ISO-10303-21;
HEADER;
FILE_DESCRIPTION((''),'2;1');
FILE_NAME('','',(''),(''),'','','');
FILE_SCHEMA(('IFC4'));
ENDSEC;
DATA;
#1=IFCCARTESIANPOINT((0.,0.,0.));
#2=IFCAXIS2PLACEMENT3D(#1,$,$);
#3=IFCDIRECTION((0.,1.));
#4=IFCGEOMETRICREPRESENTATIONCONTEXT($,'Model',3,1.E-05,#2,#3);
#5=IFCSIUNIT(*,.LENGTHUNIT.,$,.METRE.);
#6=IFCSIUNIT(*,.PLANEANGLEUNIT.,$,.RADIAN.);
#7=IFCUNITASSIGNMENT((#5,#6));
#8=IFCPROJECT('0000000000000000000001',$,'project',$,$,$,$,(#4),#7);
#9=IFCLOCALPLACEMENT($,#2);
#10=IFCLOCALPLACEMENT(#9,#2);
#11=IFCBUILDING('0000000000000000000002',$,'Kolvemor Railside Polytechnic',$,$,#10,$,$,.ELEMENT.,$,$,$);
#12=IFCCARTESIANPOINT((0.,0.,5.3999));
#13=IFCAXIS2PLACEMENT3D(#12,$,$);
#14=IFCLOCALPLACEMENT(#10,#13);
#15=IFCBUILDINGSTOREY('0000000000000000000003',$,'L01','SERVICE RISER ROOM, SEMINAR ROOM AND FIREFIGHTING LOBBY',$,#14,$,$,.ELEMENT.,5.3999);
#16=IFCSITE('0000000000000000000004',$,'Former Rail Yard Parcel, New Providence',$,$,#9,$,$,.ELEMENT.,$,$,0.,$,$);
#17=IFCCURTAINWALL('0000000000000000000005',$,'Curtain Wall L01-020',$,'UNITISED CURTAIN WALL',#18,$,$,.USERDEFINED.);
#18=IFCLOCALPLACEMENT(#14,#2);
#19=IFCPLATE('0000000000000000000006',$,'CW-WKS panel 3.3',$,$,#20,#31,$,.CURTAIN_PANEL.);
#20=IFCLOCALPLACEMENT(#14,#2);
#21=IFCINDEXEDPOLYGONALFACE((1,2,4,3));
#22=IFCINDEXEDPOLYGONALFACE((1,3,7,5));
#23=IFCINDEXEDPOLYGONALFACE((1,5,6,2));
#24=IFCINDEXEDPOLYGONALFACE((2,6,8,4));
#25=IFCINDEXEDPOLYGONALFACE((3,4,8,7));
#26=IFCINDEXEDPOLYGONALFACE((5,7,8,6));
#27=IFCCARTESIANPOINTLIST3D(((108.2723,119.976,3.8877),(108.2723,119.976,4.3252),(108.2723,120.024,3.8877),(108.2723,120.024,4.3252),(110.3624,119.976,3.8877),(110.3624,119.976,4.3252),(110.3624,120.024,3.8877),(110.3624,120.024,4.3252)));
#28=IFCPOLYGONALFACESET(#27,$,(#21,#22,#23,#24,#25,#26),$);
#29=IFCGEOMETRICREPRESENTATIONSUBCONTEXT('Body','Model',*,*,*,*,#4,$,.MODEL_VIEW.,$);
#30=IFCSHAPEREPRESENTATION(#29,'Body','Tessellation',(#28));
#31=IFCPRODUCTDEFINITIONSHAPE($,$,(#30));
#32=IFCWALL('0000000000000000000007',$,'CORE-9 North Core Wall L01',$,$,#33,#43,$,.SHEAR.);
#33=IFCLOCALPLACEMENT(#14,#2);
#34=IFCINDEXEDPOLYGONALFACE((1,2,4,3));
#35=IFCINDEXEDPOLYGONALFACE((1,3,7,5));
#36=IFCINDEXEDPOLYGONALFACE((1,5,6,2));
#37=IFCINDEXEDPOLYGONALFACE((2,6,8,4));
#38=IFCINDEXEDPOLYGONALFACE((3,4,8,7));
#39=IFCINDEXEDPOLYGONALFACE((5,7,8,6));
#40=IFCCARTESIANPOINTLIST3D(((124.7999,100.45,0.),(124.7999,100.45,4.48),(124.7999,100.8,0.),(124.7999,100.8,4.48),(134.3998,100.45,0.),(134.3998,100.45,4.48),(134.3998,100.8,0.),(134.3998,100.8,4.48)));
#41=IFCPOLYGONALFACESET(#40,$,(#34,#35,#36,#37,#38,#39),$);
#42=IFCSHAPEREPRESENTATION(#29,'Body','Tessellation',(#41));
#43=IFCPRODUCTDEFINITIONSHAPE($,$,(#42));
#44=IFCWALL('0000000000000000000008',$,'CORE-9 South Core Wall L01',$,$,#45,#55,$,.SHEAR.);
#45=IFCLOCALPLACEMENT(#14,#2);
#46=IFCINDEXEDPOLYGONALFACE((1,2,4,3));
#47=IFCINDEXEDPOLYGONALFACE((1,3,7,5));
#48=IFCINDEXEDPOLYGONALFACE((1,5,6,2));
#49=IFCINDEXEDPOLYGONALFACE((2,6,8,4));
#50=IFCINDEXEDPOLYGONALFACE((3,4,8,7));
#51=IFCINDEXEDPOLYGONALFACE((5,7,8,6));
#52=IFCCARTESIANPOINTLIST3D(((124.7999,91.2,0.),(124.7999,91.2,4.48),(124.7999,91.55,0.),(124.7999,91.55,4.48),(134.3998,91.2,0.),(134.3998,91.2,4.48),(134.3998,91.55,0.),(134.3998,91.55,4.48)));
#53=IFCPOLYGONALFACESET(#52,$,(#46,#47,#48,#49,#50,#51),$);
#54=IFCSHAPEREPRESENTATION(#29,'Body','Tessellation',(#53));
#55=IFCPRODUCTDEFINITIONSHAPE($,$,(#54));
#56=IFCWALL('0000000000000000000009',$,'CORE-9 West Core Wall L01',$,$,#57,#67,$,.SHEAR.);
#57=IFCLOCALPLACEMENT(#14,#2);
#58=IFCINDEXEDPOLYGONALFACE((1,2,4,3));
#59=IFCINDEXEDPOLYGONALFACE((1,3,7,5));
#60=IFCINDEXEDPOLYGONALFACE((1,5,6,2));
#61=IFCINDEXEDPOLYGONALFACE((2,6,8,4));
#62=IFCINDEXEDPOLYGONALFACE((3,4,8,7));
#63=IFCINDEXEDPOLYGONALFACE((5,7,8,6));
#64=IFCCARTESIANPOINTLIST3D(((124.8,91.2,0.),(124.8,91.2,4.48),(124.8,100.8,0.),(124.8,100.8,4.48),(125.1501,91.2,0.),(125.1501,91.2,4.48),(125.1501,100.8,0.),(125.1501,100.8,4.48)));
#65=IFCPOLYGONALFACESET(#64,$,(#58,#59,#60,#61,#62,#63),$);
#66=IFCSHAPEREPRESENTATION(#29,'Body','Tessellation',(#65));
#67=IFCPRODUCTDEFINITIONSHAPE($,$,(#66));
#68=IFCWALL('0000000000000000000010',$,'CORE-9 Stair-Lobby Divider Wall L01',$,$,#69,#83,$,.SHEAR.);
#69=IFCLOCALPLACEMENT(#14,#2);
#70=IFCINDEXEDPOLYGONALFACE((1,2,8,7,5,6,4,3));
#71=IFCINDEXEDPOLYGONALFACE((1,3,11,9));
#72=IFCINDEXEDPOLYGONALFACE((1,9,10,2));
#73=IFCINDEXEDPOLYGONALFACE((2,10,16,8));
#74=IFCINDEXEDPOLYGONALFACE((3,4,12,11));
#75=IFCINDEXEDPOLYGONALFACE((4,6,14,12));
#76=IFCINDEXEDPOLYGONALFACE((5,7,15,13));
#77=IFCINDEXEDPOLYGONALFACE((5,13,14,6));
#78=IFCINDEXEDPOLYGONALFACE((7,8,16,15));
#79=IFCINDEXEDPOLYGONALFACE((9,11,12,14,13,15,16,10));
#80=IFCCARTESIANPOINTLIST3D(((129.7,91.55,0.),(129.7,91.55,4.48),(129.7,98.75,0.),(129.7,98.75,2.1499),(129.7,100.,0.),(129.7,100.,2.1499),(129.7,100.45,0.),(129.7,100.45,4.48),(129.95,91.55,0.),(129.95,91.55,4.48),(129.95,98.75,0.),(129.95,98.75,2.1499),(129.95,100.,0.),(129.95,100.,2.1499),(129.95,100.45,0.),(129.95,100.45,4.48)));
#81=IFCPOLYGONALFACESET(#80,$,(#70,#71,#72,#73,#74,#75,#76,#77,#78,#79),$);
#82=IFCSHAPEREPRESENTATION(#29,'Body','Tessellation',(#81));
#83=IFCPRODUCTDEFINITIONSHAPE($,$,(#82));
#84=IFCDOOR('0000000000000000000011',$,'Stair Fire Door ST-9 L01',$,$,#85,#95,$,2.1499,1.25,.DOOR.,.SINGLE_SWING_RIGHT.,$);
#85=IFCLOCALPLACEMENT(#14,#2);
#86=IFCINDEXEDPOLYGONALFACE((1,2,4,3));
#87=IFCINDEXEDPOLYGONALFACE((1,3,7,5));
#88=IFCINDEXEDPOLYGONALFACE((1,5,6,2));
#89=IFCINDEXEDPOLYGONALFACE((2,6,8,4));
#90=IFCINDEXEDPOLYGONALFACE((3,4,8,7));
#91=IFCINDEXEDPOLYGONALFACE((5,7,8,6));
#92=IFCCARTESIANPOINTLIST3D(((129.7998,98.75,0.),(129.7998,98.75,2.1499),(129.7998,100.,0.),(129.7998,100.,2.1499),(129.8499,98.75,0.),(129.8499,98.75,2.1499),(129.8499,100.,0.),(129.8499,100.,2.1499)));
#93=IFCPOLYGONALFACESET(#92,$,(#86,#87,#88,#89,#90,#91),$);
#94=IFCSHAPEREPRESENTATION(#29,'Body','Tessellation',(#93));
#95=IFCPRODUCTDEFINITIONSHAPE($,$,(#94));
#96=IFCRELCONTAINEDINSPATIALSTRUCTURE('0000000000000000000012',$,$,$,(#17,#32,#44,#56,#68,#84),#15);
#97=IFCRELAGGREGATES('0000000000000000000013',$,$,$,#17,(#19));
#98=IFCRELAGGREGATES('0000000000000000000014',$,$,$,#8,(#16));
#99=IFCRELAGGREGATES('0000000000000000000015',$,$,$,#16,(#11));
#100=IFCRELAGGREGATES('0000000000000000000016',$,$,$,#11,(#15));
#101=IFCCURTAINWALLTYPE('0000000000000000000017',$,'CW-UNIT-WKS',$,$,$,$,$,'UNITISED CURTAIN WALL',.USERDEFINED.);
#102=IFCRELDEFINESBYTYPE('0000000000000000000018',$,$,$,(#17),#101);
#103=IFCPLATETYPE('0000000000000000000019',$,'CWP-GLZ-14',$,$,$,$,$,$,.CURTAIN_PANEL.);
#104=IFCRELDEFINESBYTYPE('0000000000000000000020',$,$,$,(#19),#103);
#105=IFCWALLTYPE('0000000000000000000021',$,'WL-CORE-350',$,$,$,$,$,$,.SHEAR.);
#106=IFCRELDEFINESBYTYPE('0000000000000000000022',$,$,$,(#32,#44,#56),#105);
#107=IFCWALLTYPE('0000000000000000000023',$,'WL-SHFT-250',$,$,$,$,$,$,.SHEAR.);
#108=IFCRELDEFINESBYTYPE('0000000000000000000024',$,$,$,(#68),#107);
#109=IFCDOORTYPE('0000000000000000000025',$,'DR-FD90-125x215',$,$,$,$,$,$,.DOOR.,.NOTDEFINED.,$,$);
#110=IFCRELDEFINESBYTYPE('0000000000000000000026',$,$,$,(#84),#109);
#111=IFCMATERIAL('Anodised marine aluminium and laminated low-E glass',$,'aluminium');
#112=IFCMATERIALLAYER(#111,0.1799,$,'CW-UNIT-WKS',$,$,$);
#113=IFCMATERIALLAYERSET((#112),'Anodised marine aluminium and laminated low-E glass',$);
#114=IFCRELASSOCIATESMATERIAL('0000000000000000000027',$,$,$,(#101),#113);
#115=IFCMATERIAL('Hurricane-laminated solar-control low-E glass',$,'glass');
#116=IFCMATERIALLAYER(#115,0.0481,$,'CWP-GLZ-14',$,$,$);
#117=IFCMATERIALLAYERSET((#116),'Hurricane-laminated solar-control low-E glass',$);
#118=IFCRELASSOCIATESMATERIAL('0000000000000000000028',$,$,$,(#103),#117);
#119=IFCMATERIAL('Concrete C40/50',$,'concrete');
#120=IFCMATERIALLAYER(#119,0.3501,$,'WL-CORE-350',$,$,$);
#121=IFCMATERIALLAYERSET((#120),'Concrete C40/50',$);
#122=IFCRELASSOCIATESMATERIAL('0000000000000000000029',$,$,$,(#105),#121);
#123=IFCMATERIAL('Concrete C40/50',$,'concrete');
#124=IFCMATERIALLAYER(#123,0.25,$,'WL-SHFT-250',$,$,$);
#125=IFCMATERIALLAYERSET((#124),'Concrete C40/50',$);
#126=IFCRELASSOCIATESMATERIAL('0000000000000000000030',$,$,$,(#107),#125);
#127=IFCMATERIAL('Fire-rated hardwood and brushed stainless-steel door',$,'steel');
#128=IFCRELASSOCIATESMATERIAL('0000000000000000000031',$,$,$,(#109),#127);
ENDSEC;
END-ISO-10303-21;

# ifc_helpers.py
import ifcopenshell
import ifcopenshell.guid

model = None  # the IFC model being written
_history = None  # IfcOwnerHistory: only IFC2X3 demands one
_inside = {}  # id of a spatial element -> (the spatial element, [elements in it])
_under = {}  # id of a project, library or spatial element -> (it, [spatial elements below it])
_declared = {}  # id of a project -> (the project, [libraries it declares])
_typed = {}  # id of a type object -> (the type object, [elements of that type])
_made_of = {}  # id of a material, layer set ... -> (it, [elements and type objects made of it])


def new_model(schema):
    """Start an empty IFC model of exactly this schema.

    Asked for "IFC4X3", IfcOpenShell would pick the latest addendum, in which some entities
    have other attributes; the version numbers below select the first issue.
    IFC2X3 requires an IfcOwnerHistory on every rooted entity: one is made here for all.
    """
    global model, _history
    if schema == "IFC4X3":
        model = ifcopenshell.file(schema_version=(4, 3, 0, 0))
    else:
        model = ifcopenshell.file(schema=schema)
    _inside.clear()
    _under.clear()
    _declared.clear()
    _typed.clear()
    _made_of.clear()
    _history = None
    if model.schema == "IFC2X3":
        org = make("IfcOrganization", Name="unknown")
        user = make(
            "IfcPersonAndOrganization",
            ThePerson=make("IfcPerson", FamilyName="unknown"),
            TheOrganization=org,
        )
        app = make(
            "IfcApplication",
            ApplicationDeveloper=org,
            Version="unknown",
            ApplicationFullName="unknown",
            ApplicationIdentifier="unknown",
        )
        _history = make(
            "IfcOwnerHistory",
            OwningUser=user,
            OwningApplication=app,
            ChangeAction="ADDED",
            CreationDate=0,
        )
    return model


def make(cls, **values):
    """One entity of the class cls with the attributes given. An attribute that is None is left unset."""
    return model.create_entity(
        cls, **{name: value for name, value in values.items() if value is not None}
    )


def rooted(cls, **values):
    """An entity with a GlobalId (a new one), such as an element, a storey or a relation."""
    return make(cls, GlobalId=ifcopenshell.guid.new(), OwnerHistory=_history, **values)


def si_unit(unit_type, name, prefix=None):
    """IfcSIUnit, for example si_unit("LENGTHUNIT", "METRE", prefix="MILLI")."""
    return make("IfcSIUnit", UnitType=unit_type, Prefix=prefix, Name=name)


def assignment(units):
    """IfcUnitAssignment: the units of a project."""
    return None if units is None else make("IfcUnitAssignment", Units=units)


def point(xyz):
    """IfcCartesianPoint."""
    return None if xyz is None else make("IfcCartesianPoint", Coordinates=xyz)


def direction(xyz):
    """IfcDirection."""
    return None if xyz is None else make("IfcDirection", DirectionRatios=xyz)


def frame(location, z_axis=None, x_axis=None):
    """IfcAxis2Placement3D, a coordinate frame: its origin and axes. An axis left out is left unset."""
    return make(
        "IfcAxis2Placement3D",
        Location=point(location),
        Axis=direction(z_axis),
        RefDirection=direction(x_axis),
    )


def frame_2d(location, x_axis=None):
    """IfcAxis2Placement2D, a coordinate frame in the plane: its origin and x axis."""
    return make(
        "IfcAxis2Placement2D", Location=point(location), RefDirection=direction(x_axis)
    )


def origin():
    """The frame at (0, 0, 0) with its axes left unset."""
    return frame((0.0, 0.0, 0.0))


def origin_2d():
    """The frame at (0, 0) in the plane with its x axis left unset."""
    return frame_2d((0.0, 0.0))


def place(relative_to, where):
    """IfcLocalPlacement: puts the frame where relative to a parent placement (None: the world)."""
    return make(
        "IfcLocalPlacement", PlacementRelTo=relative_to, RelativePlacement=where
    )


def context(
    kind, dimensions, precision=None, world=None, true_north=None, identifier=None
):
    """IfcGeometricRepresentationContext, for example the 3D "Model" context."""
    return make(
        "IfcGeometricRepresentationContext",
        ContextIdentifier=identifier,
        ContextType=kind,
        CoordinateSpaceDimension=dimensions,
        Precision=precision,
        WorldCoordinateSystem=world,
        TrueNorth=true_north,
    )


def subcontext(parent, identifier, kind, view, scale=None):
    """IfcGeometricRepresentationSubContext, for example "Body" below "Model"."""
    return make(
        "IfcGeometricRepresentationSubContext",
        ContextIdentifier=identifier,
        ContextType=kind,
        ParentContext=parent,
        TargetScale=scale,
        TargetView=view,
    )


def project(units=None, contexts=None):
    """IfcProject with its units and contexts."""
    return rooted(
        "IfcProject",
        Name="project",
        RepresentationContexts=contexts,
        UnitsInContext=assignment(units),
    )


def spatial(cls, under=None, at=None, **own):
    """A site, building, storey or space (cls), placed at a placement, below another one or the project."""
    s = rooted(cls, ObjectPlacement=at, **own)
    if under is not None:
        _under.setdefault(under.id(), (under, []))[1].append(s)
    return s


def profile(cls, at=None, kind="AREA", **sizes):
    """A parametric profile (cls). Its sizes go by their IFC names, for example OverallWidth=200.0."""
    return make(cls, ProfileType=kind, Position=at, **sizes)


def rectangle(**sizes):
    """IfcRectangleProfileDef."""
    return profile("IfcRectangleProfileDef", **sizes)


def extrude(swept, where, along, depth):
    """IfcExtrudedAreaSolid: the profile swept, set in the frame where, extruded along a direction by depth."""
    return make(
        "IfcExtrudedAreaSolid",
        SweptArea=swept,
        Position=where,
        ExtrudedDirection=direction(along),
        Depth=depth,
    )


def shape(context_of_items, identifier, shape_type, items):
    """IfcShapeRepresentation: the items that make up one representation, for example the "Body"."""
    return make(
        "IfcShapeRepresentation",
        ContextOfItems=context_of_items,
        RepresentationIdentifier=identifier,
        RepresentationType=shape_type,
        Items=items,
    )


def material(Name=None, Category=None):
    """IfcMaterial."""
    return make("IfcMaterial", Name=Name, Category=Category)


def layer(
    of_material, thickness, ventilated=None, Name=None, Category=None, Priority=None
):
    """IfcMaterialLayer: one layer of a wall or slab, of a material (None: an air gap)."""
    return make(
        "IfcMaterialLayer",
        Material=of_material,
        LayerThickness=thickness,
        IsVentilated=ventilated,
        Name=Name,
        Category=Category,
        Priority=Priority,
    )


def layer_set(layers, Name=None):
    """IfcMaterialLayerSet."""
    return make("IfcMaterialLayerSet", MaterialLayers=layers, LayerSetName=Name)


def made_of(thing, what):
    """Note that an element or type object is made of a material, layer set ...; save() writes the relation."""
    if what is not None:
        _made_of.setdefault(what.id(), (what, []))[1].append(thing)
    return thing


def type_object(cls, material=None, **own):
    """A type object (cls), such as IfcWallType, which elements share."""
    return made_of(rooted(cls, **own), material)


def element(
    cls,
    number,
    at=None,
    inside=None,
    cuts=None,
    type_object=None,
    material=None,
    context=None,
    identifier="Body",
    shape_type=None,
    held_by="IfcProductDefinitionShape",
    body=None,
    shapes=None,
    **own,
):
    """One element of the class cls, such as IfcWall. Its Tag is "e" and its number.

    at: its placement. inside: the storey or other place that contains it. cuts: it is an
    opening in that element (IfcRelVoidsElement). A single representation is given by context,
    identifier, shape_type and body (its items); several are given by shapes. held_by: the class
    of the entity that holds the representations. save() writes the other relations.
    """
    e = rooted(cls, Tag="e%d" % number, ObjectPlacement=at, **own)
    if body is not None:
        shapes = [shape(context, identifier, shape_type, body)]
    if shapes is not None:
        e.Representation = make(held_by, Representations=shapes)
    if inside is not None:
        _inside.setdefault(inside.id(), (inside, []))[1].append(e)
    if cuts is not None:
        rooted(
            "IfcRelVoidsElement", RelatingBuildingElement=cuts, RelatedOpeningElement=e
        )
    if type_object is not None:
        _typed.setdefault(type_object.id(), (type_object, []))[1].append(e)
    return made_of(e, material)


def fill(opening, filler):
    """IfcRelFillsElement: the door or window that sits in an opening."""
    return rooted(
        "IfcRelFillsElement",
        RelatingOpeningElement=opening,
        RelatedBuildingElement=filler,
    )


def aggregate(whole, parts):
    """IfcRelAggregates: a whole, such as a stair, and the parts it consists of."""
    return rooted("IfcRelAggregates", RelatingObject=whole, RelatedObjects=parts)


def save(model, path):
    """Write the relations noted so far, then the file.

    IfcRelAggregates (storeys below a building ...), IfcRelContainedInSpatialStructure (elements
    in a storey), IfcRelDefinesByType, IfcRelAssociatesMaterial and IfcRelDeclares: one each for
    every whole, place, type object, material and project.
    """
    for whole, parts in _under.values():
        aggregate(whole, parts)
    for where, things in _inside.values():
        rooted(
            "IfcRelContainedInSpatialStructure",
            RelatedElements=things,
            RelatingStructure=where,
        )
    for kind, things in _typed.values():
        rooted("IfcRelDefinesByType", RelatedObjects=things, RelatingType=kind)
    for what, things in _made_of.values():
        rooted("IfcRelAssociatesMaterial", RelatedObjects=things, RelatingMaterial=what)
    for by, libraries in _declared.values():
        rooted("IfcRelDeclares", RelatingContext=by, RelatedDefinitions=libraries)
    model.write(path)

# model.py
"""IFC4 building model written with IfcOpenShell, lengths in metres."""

from ifc_helpers import new_model, si_unit, direction, frame, frame_2d, origin, origin_2d, place, context, subcontext, project, spatial, rectangle, extrude, material, layer, layer_set, type_object, element, fill, aggregate, save


model = new_model("IFC4")

# Units and contexts
model_context = context("Model", 3, precision=1e-05, world=origin(), true_north=direction((0.0, 1.0)))
body_context = subcontext(model_context, "Body", "Model", "MODEL_VIEW")
ifc_project = project(units=[si_unit("LENGTHUNIT", "METRE"), si_unit("PLANEANGLEUNIT", "RADIAN")], contexts=[model_context])

# Site, building, storey
site_placement = place(None, origin())
site = spatial("IfcSite", under=ifc_project, at=site_placement, Name="Former Rail Yard Parcel, New Providence", CompositionType="ELEMENT", RefElevation=0.0)
building_placement = place(site_placement, origin())
building = spatial("IfcBuilding", under=site, at=building_placement, Name="Kolvemor Railside Polytechnic", CompositionType="ELEMENT")
storey_placement = place(building_placement, frame((0.0, 0.0, 5.3999)))
storey = spatial("IfcBuildingStorey", under=building, at=storey_placement, Name="L01", Description="SERVICE RISER ROOM, SEMINAR ROOM AND FIREFIGHTING LOBBY", CompositionType="ELEMENT", Elevation=5.3999)

# Shared definitions
ifc_material_1 = material(Name="Anodised marine aluminium and laminated low-E glass", Category="aluminium")
ifc_layer_1 = layer(ifc_material_1, 0.1799, Name="CW-UNIT-WKS")
ifc_layer_set_1 = layer_set([ifc_layer_1], Name="Anodised marine aluminium and laminated low-E glass")
curtain_wall_type = type_object("IfcCurtainWallType", Name="CW-UNIT-WKS", ElementType="UNITISED CURTAIN WALL", PredefinedType="USERDEFINED", material=ifc_layer_set_1)

# Curtain wall
curtain_wall_1_placement = place(storey_placement, origin())
curtain_wall_1 = element("IfcCurtainWall", 1, at=curtain_wall_1_placement, inside=storey, type_object=curtain_wall_type, Name="Curtain Wall L01-020", ObjectType="UNITISED CURTAIN WALL", PredefinedType="USERDEFINED")

# Plate
ifc_material_2 = material(Name="Hurricane-laminated solar-control low-E glass", Category="glass")
ifc_layer_2 = layer(ifc_material_2, 0.0481, Name="CWP-GLZ-14")
ifc_layer_set_2 = layer_set([ifc_layer_2], Name="Hurricane-laminated solar-control low-E glass")
plate_type_1 = type_object("IfcPlateType", Name="CWP-GLZ-14", PredefinedType="CURTAIN_PANEL", material=ifc_layer_set_2)
plate_1_placement = place(storey_placement, frame((109.3174, 120.0, 3.8877), z_axis=(0.0, 0.0, 1.0), x_axis=(-1.0, 0.0, 0.0)))
plate_1 = element("IfcPlate", 2, at=plate_1_placement, type_object=plate_type_1, Name="CW-WKS panel 3.3", PredefinedType="CURTAIN_PANEL", context=body_context, shape_type="SweptSolid", body=[
    extrude(rectangle(XDim=2.0901, YDim=0.0481, at=origin_2d()), origin(), (0.0, 0.0, 1.0), 0.4375),
])
aggregate(curtain_wall_1, [plate_1])

# Walls
ifc_material_3 = material(Name="Concrete C40/50", Category="concrete")
ifc_layer_3 = layer(ifc_material_3, 0.3501, Name="WL-CORE-350")
ifc_layer_set_3 = layer_set([ifc_layer_3], Name="Concrete C40/50")
wall_type_1 = type_object("IfcWallType", Name="WL-CORE-350", PredefinedType="SHEAR", material=ifc_layer_set_3)
for number, where, z_axis, x_axis, name in (
    (3, (124.8, 100.625, 0.0), (0.0, 0.0, 1.0), (1.0, 0.0, 0.0), "CORE-9 North Core Wall L01"),
    (4, (124.8, 91.375, 0.0), (0.0, 0.0, 1.0), (1.0, 0.0, 0.0), "CORE-9 South Core Wall L01"),
):
    element("IfcWall", number, at=place(storey_placement, frame(where, z_axis=z_axis, x_axis=x_axis)), inside=storey, type_object=wall_type_1, Name=name, PredefinedType="SHEAR", context=body_context, shape_type="SweptSolid", body=[
        extrude(rectangle(XDim=9.5999, YDim=0.3501, at=frame_2d((4.7998, 0.0))), origin(), (0.0, 0.0, 1.0), 4.48),
    ])
wall_1_placement = place(storey_placement, frame((124.9751, 91.2, 0.0), z_axis=(0.0, 0.0, 1.0), x_axis=(0.0, 1.0, 0.0)))
element("IfcWall", 5, at=wall_1_placement, inside=storey, type_object=wall_type_1, Name="CORE-9 West Core Wall L01", PredefinedType="SHEAR", context=body_context, shape_type="SweptSolid", body=[
    extrude(rectangle(XDim=9.6001, YDim=0.3501, at=frame_2d((4.8, 0.0))), origin(), (0.0, 0.0, 1.0), 4.48),
])

# Wall, opening, door
ifc_material_4 = material(Name="Concrete C40/50", Category="concrete")
ifc_layer_4 = layer(ifc_material_4, 0.25, Name="WL-SHFT-250")
ifc_layer_set_4 = layer_set([ifc_layer_4], Name="Concrete C40/50")
wall_type_2 = type_object("IfcWallType", Name="WL-SHFT-250", PredefinedType="SHEAR", material=ifc_layer_set_4)
wall_2_placement = place(storey_placement, frame((129.825, 100.45, 0.0), z_axis=(0.0, 0.0, 1.0), x_axis=(0.0, -1.0, 0.0)))
wall_2 = element("IfcWall", 6, at=wall_2_placement, inside=storey, type_object=wall_type_2, Name="CORE-9 Stair-Lobby Divider Wall L01", PredefinedType="SHEAR", context=body_context, shape_type="SweptSolid", body=[
    extrude(rectangle(XDim=8.8999, YDim=0.25, at=frame_2d((4.45, 0.0))), origin(), (0.0, 0.0, 1.0), 4.48),
])
opening_1_placement = place(wall_2_placement, frame((0.45, 0.0, 0.0)))
opening_1 = element("IfcOpeningElement", 7, at=opening_1_placement, cuts=wall_2, PredefinedType="OPENING", context=body_context, shape_type="SweptSolid", body=[
    extrude(rectangle(XDim=1.25, YDim=2.1499, at=frame_2d((0.625, 1.075))), frame((0.0, 0.135, 0.0), z_axis=(0.0, -1.0, 0.0), x_axis=(1.0, 0.0, 0.0)), (0.0, 0.0, 1.0), 0.27),
])
ifc_material_5 = material(Name="Fire-rated hardwood and brushed stainless-steel door", Category="steel")
door_type_1 = type_object("IfcDoorType", Name="DR-FD90-125x215", OperationType="NOTDEFINED", PredefinedType="DOOR", material=ifc_material_5)
door_1_placement = place(opening_1_placement, origin())
door_1 = element("IfcDoor", 8, at=door_1_placement, inside=storey, type_object=door_type_1, Name="Stair Fire Door ST-9 L01", OperationType="SINGLE_SWING_RIGHT", OverallHeight=2.1499, OverallWidth=1.25, PredefinedType="DOOR", context=body_context, shape_type="SweptSolid", body=[
    extrude(rectangle(XDim=1.25, YDim=2.1499, at=frame_2d((0.625, 1.075))), frame((0.0, 0.0249, 0.0), z_axis=(0.0, -1.0, 0.0), x_axis=(1.0, 0.0, 0.0)), (0.0, 0.0, 1.0), 0.05),
])
fill(opening_1, door_1)

save(model, "model.ifc")
